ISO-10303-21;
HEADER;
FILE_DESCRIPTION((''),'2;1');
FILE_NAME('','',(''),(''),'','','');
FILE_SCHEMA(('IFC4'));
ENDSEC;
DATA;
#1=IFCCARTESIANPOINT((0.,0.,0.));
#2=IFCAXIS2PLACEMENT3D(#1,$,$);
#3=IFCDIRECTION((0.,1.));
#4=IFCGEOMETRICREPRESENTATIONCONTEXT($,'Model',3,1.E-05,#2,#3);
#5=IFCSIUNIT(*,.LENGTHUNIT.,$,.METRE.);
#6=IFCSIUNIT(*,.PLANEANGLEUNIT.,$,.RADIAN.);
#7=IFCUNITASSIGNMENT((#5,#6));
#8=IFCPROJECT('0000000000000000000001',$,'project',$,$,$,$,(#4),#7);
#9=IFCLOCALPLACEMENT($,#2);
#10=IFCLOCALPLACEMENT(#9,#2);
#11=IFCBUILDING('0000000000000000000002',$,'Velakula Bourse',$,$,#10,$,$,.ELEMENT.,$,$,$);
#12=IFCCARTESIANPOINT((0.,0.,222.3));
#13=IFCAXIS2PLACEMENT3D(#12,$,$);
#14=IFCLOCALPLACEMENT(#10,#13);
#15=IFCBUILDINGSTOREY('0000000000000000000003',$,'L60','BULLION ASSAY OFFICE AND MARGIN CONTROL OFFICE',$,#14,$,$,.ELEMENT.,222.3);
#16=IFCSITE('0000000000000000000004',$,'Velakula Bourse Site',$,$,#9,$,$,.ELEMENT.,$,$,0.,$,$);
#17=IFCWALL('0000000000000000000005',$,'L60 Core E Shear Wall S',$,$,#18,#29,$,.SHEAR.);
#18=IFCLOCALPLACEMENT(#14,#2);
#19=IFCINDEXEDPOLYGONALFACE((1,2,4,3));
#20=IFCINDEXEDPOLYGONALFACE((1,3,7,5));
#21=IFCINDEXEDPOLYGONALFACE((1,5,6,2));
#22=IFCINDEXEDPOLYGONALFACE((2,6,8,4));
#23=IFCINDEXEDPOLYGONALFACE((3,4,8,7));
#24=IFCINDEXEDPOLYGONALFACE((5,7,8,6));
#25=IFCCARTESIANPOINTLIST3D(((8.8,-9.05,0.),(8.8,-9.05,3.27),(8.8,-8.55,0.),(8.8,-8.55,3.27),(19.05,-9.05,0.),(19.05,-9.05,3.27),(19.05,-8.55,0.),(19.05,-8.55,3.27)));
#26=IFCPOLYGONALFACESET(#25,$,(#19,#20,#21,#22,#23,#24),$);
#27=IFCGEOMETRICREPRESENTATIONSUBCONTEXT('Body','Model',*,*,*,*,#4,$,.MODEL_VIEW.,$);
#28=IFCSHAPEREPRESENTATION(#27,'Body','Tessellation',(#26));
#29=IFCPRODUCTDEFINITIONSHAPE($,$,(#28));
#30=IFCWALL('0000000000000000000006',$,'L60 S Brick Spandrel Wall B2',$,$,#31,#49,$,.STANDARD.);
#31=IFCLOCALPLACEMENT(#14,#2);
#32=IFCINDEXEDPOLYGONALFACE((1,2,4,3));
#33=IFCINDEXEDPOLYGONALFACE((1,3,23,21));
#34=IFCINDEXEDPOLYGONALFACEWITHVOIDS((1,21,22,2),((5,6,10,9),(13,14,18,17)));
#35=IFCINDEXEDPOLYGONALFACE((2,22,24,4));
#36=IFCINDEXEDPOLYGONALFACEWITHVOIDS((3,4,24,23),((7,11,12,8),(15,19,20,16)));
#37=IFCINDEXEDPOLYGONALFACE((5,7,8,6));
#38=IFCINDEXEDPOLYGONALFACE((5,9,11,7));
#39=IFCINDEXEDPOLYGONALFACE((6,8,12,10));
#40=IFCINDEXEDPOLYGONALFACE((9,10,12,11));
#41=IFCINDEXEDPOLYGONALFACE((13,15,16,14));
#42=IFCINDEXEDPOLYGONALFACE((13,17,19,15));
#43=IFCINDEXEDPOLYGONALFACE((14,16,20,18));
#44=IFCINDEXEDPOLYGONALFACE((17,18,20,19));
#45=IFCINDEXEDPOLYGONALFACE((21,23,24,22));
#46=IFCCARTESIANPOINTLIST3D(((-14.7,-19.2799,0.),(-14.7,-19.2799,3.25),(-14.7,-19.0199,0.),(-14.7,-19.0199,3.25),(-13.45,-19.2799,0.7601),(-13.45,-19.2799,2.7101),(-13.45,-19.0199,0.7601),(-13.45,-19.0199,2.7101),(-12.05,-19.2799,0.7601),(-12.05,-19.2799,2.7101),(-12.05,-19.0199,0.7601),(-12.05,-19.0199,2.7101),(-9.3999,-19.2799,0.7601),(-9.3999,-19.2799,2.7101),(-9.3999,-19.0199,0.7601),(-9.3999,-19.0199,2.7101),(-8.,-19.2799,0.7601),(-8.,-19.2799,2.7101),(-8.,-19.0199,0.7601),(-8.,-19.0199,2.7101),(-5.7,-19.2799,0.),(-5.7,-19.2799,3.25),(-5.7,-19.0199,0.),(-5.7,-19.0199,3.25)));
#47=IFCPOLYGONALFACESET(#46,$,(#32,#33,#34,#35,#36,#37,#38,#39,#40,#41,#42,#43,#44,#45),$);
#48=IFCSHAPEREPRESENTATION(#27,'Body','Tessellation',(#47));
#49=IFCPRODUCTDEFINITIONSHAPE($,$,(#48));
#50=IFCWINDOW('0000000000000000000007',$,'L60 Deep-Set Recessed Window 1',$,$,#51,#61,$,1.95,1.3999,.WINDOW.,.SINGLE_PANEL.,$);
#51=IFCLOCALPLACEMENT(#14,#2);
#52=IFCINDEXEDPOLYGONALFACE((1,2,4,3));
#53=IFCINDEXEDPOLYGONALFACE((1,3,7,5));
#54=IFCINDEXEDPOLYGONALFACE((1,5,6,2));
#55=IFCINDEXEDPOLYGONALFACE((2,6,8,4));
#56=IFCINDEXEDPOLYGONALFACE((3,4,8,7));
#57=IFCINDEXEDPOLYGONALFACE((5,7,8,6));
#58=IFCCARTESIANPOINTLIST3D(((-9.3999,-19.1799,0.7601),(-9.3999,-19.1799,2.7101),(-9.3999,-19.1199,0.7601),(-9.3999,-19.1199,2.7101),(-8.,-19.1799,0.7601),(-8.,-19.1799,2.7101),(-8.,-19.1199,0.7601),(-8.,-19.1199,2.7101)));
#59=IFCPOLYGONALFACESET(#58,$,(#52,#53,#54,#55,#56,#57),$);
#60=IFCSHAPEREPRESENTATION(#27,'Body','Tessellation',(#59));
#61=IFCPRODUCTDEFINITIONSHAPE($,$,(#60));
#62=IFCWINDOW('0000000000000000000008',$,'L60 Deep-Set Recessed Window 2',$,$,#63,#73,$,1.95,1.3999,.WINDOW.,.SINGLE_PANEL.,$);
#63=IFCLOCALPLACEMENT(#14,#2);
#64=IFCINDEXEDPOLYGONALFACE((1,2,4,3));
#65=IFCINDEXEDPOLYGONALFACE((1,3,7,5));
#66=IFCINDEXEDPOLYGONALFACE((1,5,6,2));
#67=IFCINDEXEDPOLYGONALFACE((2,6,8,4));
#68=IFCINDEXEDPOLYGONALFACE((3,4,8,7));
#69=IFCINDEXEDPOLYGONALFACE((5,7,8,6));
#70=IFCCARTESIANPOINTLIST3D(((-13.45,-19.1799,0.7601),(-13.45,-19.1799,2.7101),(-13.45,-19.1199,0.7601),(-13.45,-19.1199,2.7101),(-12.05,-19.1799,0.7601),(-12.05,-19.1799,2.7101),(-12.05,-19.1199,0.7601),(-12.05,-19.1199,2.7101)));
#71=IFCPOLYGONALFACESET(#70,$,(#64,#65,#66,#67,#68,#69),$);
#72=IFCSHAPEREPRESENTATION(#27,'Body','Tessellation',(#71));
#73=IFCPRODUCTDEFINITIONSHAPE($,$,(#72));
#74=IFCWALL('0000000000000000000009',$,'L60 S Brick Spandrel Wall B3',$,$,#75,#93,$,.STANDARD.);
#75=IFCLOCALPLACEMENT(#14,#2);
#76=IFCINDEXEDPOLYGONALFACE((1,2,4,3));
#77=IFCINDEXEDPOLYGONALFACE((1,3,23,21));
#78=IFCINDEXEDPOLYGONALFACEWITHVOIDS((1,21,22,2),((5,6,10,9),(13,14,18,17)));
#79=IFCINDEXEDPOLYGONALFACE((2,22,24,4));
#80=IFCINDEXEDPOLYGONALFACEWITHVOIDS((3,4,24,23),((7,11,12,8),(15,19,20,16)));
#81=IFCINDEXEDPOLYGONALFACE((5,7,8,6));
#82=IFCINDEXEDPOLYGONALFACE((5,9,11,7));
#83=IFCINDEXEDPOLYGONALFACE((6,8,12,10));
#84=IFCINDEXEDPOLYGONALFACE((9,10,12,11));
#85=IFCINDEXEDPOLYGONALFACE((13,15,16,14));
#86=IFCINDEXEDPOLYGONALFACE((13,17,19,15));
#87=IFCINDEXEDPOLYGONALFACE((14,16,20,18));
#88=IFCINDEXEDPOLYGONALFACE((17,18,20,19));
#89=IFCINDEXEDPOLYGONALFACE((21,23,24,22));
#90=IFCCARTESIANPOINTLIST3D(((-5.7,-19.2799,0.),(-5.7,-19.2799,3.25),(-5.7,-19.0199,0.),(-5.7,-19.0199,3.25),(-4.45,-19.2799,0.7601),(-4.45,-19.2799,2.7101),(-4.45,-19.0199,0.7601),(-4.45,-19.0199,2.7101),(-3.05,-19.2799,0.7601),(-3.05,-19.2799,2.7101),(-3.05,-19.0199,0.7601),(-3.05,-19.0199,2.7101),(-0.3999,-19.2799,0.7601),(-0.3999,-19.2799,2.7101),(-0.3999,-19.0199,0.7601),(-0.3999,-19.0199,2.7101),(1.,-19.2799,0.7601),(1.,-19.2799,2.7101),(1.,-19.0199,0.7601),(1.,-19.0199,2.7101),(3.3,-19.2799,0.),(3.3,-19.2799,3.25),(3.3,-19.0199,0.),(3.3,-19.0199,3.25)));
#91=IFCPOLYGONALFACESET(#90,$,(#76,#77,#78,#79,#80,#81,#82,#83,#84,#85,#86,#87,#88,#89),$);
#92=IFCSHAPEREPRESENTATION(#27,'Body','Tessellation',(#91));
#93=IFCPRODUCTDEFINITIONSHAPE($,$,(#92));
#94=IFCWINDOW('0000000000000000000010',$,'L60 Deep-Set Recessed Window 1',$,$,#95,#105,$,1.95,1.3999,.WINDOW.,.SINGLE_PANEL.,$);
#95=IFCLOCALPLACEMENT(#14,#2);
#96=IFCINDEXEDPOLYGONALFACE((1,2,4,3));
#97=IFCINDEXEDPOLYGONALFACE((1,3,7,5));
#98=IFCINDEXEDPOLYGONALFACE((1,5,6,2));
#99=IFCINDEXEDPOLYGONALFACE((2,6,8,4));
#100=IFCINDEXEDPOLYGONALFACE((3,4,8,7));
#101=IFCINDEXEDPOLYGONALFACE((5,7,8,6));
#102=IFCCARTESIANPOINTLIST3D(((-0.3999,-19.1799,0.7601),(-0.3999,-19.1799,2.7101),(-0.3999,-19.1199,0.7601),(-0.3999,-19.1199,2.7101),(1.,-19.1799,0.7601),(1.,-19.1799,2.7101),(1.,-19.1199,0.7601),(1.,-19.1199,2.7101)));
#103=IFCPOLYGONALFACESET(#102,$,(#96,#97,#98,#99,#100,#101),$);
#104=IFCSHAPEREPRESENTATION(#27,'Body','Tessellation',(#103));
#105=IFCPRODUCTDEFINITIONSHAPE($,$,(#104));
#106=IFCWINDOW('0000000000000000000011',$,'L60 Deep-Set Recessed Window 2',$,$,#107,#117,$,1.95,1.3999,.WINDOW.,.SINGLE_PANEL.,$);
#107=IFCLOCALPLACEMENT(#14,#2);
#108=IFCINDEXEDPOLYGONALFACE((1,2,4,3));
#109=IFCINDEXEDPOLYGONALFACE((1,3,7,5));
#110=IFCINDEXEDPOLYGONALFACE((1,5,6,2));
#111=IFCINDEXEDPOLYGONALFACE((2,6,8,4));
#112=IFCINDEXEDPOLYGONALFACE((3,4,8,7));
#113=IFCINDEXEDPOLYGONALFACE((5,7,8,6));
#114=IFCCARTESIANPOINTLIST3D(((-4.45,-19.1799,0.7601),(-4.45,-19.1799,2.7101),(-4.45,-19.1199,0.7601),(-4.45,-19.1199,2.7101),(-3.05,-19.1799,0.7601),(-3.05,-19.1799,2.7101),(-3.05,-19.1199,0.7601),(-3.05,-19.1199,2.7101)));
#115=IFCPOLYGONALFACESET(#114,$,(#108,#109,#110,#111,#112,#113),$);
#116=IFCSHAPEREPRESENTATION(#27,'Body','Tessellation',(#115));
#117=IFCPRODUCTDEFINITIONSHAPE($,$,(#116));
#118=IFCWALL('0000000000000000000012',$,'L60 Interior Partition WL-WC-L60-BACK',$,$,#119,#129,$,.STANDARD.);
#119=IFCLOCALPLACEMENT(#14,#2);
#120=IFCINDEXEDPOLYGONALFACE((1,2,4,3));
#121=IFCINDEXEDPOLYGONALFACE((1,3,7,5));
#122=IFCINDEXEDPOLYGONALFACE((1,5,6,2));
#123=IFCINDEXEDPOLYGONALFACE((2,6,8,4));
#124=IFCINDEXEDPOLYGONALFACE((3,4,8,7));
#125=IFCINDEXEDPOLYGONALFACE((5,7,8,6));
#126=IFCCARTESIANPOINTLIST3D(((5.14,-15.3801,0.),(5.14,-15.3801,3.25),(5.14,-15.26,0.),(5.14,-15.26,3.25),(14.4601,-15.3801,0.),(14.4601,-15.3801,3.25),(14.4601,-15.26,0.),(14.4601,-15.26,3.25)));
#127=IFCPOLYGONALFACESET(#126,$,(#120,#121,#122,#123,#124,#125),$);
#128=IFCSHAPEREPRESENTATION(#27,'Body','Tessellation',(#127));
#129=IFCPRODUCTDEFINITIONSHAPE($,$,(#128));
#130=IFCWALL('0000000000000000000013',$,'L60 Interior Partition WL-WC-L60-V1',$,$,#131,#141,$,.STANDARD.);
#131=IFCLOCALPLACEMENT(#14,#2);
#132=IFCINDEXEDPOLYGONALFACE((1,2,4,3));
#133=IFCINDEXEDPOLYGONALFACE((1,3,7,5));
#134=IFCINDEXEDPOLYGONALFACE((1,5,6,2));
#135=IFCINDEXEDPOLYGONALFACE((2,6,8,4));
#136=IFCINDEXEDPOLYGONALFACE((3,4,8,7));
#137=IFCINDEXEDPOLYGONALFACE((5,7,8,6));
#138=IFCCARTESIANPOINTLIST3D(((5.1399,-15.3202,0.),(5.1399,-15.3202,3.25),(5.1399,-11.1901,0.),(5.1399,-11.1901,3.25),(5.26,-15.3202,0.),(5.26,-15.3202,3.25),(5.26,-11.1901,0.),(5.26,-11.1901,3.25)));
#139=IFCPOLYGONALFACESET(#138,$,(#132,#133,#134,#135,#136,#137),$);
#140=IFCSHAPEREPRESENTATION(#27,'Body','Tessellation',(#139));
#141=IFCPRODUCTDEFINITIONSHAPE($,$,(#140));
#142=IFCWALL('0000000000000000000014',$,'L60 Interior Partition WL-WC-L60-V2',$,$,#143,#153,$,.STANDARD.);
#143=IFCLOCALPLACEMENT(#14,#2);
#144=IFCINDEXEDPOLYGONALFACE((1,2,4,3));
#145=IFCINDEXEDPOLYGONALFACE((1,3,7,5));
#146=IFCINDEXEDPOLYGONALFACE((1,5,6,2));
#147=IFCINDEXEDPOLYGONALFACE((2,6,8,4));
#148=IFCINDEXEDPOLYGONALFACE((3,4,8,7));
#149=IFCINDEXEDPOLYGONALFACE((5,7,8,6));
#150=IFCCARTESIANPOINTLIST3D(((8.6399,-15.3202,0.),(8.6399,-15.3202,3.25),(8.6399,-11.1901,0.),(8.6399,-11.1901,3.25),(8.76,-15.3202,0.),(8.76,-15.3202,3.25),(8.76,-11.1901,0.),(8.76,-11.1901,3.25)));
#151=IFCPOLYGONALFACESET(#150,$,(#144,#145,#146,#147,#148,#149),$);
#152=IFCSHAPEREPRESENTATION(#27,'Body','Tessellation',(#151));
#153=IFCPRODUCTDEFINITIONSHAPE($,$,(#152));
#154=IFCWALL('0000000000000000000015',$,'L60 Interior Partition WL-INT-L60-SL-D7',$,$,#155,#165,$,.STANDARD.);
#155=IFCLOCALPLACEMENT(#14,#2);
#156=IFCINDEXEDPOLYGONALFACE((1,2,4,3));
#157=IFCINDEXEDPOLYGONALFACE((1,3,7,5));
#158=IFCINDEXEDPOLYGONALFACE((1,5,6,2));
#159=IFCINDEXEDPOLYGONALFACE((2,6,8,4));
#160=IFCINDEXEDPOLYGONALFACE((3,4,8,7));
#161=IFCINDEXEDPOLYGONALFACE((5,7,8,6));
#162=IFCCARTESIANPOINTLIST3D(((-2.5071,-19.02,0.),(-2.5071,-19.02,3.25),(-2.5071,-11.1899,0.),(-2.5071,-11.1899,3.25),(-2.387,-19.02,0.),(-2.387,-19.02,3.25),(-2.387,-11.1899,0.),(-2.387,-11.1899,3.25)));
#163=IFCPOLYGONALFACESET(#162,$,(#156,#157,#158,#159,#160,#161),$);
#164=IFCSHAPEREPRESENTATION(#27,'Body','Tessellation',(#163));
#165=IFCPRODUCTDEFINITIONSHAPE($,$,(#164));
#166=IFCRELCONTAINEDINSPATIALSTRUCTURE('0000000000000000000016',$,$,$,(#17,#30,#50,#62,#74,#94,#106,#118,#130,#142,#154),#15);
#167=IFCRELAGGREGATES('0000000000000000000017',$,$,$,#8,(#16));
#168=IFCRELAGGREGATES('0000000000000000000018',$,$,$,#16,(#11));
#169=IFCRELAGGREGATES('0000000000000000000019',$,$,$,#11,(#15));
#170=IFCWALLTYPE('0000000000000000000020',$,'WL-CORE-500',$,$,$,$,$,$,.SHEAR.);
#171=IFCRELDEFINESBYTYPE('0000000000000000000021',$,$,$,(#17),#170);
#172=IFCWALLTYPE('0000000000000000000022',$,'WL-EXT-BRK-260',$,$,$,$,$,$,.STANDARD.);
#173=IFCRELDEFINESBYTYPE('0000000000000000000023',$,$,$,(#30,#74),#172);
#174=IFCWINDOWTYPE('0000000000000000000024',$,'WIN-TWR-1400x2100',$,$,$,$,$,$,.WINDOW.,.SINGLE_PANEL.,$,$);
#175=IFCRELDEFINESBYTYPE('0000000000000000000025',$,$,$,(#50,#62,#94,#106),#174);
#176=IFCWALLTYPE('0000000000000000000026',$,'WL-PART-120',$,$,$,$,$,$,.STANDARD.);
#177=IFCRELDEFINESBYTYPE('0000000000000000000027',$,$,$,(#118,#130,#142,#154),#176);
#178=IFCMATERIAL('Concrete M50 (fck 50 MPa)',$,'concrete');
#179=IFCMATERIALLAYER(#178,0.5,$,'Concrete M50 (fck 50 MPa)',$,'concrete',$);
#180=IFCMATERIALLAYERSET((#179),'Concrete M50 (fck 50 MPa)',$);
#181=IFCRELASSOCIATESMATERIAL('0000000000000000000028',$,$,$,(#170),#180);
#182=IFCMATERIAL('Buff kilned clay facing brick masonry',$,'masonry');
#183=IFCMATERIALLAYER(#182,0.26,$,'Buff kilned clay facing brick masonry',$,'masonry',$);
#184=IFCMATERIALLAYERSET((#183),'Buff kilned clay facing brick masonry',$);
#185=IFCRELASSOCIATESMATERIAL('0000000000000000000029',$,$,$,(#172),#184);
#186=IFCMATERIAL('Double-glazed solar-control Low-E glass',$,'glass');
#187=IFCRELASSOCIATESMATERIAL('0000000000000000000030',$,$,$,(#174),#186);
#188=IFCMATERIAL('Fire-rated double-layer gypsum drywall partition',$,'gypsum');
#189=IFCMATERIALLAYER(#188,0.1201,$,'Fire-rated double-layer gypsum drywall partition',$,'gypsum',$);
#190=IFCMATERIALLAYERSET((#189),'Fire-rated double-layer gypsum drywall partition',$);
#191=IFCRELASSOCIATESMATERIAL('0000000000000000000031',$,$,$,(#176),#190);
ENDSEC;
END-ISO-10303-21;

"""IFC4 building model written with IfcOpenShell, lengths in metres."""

from ifc_helpers import new_model, si_unit, direction, frame, frame_2d, origin, place, context, subcontext, project, spatial, rectangle, extrude, material, layer, layer_set, type_object, element, fill, save


model = new_model("IFC4")

# Units and contexts
model_context = context("Model", 3, precision=1e-05, world=origin(), true_north=direction((0.0, 1.0)))
body_context = subcontext(model_context, "Body", "Model", "MODEL_VIEW")
ifc_project = project(units=[si_unit("LENGTHUNIT", "METRE"), si_unit("PLANEANGLEUNIT", "RADIAN")], contexts=[model_context])

# Site, building, storey
site_placement = place(None, origin())
site = spatial("IfcSite", under=ifc_project, at=site_placement, Name="Velakula Bourse Site", CompositionType="ELEMENT", RefElevation=0.0)
building_placement = place(site_placement, origin())
building = spatial("IfcBuilding", under=site, at=building_placement, Name="Velakula Bourse", CompositionType="ELEMENT")
storey_placement = place(building_placement, frame((0.0, 0.0, 222.3)))
storey = spatial("IfcBuildingStorey", under=building, at=storey_placement, Name="L60", Description="BULLION ASSAY OFFICE AND MARGIN CONTROL OFFICE", CompositionType="ELEMENT", Elevation=222.3)

# Wall
ifc_material_1 = material(Name="Concrete M50 (fck 50 MPa)", Category="concrete")
ifc_layer_1 = layer(ifc_material_1, 0.5, Name="Concrete M50 (fck 50 MPa)", Category="concrete")
ifc_layer_set_1 = layer_set([ifc_layer_1], Name="Concrete M50 (fck 50 MPa)")
wall_type_1 = type_object("IfcWallType", Name="WL-CORE-500", PredefinedType="SHEAR", material=ifc_layer_set_1)
wall_1_placement = place(storey_placement, frame((8.8, -8.8, 0.0), z_axis=(0.0, 0.0, 1.0), x_axis=(1.0, 0.0, 0.0)))
element("IfcWall", 1, at=wall_1_placement, inside=storey, type_object=wall_type_1, Name="L60 Core E Shear Wall S", PredefinedType="SHEAR", context=body_context, shape_type="SweptSolid", body=[
    extrude(rectangle(XDim=10.25, YDim=0.5, at=frame_2d((5.125, 0.0))), origin(), (0.0, 0.0, 1.0), 3.27),
])

# Walls, openings, windows
ifc_material_2 = material(Name="Buff kilned clay facing brick masonry", Category="masonry")
ifc_layer_2 = layer(ifc_material_2, 0.26, Name="Buff kilned clay facing brick masonry", Category="masonry")
ifc_layer_set_2 = layer_set([ifc_layer_2], Name="Buff kilned clay facing brick masonry")
wall_type_2 = type_object("IfcWallType", Name="WL-EXT-BRK-260", PredefinedType="STANDARD", material=ifc_layer_set_2)
wall_2_placement = place(storey_placement, frame((-5.7, -19.1499, 0.0), z_axis=(0.0, 0.0, 1.0), x_axis=(-1.0, 0.0, 0.0)))
wall_2 = element("IfcWall", 2, at=wall_2_placement, inside=storey, type_object=wall_type_2, Name="L60 S Brick Spandrel Wall B2", PredefinedType="STANDARD", context=body_context, shape_type="SweptSolid", body=[
    extrude(rectangle(XDim=9.0, YDim=0.26, at=frame_2d((4.5, 0.0))), origin(), (0.0, 0.0, 1.0), 3.25),
])
opening_1_placement = place(wall_2_placement, frame((2.3, 0.0, 0.76)))
opening_1 = element("IfcOpeningElement", 3, at=opening_1_placement, cuts=wall_2, PredefinedType="OPENING", context=body_context, shape_type="SweptSolid", body=[
    extrude(rectangle(XDim=1.3999, YDim=1.95, at=frame_2d((0.7, 0.9751))), frame((0.0, 0.1399, 0.0), z_axis=(0.0, -1.0, 0.0), x_axis=(1.0, 0.0, 0.0)), (0.0, 0.0, 1.0), 0.28),
])
opening_2_placement = place(wall_2_placement, frame((6.3501, 0.0, 0.76)))
opening_2 = element("IfcOpeningElement", 4, at=opening_2_placement, cuts=wall_2, PredefinedType="OPENING", context=body_context, shape_type="SweptSolid", body=[
    extrude(rectangle(XDim=1.3999, YDim=1.95, at=frame_2d((0.7, 0.9751))), frame((0.0, 0.1399, 0.0), z_axis=(0.0, -1.0, 0.0), x_axis=(1.0, 0.0, 0.0)), (0.0, 0.0, 1.0), 0.28),
])
ifc_material_3 = material(Name="Double-glazed solar-control Low-E glass", Category="glass")
window_type = type_object("IfcWindowType", Name="WIN-TWR-1400x2100", PartitioningType="SINGLE_PANEL", PredefinedType="WINDOW", material=ifc_material_3)
window_1_placement = place(opening_1_placement, origin())
window_1 = element("IfcWindow", 5, at=window_1_placement, inside=storey, type_object=window_type, Name="L60 Deep-Set Recessed Window 1", OverallHeight=1.95, OverallWidth=1.3999, PartitioningType="SINGLE_PANEL", PredefinedType="WINDOW", context=body_context, shape_type="SweptSolid", body=[
    extrude(rectangle(XDim=1.3999, YDim=1.95, at=frame_2d((0.7, 0.9751))), frame((0.0, 0.03, 0.0), z_axis=(0.0, -1.0, 0.0), x_axis=(1.0, 0.0, 0.0)), (0.0, 0.0, 1.0), 0.0601),
])
fill(opening_1, window_1)
window_2_placement = place(opening_2_placement, origin())
window_2 = element("IfcWindow", 6, at=window_2_placement, inside=storey, type_object=window_type, Name="L60 Deep-Set Recessed Window 2", OverallHeight=1.95, OverallWidth=1.3999, PartitioningType="SINGLE_PANEL", PredefinedType="WINDOW", context=body_context, shape_type="SweptSolid", body=[
    extrude(rectangle(XDim=1.3999, YDim=1.95, at=frame_2d((0.7, 0.9751))), frame((0.0, 0.03, 0.0), z_axis=(0.0, -1.0, 0.0), x_axis=(1.0, 0.0, 0.0)), (0.0, 0.0, 1.0), 0.0601),
])
fill(opening_2, window_2)
wall_3_placement = place(storey_placement, frame((3.3, -19.1499, 0.0), z_axis=(0.0, 0.0, 1.0), x_axis=(-1.0, 0.0, 0.0)))
wall_3 = element("IfcWall", 7, at=wall_3_placement, inside=storey, type_object=wall_type_2, Name="L60 S Brick Spandrel Wall B3", PredefinedType="STANDARD", context=body_context, shape_type="SweptSolid", body=[
    extrude(rectangle(XDim=9.0, YDim=0.26, at=frame_2d((4.5, 0.0))), origin(), (0.0, 0.0, 1.0), 3.25),
])
opening_3_placement = place(wall_3_placement, frame((2.3, 0.0, 0.76)))
opening_3 = element("IfcOpeningElement", 8, at=opening_3_placement, cuts=wall_3, PredefinedType="OPENING", context=body_context, shape_type="SweptSolid", body=[
    extrude(rectangle(XDim=1.3999, YDim=1.95, at=frame_2d((0.7, 0.9751))), frame((0.0, 0.1399, 0.0), z_axis=(0.0, -1.0, 0.0), x_axis=(1.0, 0.0, 0.0)), (0.0, 0.0, 1.0), 0.28),
])
opening_4_placement = place(wall_3_placement, frame((6.3501, 0.0, 0.76)))
opening_4 = element("IfcOpeningElement", 9, at=opening_4_placement, cuts=wall_3, PredefinedType="OPENING", context=body_context, shape_type="SweptSolid", body=[
    extrude(rectangle(XDim=1.3999, YDim=1.95, at=frame_2d((0.7, 0.9751))), frame((0.0, 0.1399, 0.0), z_axis=(0.0, -1.0, 0.0), x_axis=(1.0, 0.0, 0.0)), (0.0, 0.0, 1.0), 0.28),
])
window_3_placement = place(opening_3_placement, origin())
window_3 = element("IfcWindow", 10, at=window_3_placement, inside=storey, type_object=window_type, Name="L60 Deep-Set Recessed Window 1", OverallHeight=1.95, OverallWidth=1.3999, PartitioningType="SINGLE_PANEL", PredefinedType="WINDOW", context=body_context, shape_type="SweptSolid", body=[
    extrude(rectangle(XDim=1.3999, YDim=1.95, at=frame_2d((0.7, 0.9751))), frame((0.0, 0.03, 0.0), z_axis=(0.0, -1.0, 0.0), x_axis=(1.0, 0.0, 0.0)), (0.0, 0.0, 1.0), 0.0601),
])
fill(opening_3, window_3)
window_4_placement = place(opening_4_placement, origin())
window_4 = element("IfcWindow", 11, at=window_4_placement, inside=storey, type_object=window_type, Name="L60 Deep-Set Recessed Window 2", OverallHeight=1.95, OverallWidth=1.3999, PartitioningType="SINGLE_PANEL", PredefinedType="WINDOW", context=body_context, shape_type="SweptSolid", body=[
    extrude(rectangle(XDim=1.3999, YDim=1.95, at=frame_2d((0.7, 0.9751))), frame((0.0, 0.03, 0.0), z_axis=(0.0, -1.0, 0.0), x_axis=(1.0, 0.0, 0.0)), (0.0, 0.0, 1.0), 0.0601),
])
fill(opening_4, window_4)

# Walls
ifc_material_4 = material(Name="Fire-rated double-layer gypsum drywall partition", Category="gypsum")
ifc_layer_3 = layer(ifc_material_4, 0.1201, Name="Fire-rated double-layer gypsum drywall partition", Category="gypsum")
ifc_layer_set_3 = layer_set([ifc_layer_3], Name="Fire-rated double-layer gypsum drywall partition")
wall_type_3 = type_object("IfcWallType", Name="WL-PART-120", PredefinedType="STANDARD", material=ifc_layer_set_3)
wall_4_placement = place(storey_placement, frame((5.1399, -15.3201, 0.0), z_axis=(0.0, 0.0, 1.0), x_axis=(1.0, 0.0, 0.0)))
element("IfcWall", 12, at=wall_4_placement, inside=storey, type_object=wall_type_3, Name="L60 Interior Partition WL-WC-L60-BACK", PredefinedType="STANDARD", context=body_context, shape_type="SweptSolid", body=[
    extrude(rectangle(XDim=9.3201, YDim=0.1201, at=frame_2d((4.6602, 0.0))), origin(), (0.0, 0.0, 1.0), 3.25),
])
for number, where, z_axis, x_axis, name in (
    (13, (5.2, -15.3201, 0.0), (0.0, 0.0, 1.0), (0.0, 1.0, 0.0), "L60 Interior Partition WL-WC-L60-V1"),
    (14, (8.7, -15.3201, 0.0), (0.0, 0.0, 1.0), (0.0, 1.0, 0.0), "L60 Interior Partition WL-WC-L60-V2"),
):
    element("IfcWall", number, at=place(storey_placement, frame(where, z_axis=z_axis, x_axis=x_axis)), inside=storey, type_object=wall_type_3, Name=name, PredefinedType="STANDARD", context=body_context, shape_type="SweptSolid", body=[
        extrude(rectangle(XDim=4.1301, YDim=0.1201, at=frame_2d((2.0649, 0.0))), origin(), (0.0, 0.0, 1.0), 3.25),
    ])
wall_5_placement = place(storey_placement, frame((-2.447, -19.02, 0.0), z_axis=(0.0, 0.0, 1.0), x_axis=(0.0, 1.0, 0.0)))
element("IfcWall", 15, at=wall_5_placement, inside=storey, type_object=wall_type_3, Name="L60 Interior Partition WL-INT-L60-SL-D7", PredefinedType="STANDARD", context=body_context, shape_type="SweptSolid", body=[
    extrude(rectangle(XDim=7.8301, YDim=0.1201, at=frame_2d((3.915, 0.0))), origin(), (0.0, 0.0, 1.0), 3.25),
])

save(model, "model.ifc")
